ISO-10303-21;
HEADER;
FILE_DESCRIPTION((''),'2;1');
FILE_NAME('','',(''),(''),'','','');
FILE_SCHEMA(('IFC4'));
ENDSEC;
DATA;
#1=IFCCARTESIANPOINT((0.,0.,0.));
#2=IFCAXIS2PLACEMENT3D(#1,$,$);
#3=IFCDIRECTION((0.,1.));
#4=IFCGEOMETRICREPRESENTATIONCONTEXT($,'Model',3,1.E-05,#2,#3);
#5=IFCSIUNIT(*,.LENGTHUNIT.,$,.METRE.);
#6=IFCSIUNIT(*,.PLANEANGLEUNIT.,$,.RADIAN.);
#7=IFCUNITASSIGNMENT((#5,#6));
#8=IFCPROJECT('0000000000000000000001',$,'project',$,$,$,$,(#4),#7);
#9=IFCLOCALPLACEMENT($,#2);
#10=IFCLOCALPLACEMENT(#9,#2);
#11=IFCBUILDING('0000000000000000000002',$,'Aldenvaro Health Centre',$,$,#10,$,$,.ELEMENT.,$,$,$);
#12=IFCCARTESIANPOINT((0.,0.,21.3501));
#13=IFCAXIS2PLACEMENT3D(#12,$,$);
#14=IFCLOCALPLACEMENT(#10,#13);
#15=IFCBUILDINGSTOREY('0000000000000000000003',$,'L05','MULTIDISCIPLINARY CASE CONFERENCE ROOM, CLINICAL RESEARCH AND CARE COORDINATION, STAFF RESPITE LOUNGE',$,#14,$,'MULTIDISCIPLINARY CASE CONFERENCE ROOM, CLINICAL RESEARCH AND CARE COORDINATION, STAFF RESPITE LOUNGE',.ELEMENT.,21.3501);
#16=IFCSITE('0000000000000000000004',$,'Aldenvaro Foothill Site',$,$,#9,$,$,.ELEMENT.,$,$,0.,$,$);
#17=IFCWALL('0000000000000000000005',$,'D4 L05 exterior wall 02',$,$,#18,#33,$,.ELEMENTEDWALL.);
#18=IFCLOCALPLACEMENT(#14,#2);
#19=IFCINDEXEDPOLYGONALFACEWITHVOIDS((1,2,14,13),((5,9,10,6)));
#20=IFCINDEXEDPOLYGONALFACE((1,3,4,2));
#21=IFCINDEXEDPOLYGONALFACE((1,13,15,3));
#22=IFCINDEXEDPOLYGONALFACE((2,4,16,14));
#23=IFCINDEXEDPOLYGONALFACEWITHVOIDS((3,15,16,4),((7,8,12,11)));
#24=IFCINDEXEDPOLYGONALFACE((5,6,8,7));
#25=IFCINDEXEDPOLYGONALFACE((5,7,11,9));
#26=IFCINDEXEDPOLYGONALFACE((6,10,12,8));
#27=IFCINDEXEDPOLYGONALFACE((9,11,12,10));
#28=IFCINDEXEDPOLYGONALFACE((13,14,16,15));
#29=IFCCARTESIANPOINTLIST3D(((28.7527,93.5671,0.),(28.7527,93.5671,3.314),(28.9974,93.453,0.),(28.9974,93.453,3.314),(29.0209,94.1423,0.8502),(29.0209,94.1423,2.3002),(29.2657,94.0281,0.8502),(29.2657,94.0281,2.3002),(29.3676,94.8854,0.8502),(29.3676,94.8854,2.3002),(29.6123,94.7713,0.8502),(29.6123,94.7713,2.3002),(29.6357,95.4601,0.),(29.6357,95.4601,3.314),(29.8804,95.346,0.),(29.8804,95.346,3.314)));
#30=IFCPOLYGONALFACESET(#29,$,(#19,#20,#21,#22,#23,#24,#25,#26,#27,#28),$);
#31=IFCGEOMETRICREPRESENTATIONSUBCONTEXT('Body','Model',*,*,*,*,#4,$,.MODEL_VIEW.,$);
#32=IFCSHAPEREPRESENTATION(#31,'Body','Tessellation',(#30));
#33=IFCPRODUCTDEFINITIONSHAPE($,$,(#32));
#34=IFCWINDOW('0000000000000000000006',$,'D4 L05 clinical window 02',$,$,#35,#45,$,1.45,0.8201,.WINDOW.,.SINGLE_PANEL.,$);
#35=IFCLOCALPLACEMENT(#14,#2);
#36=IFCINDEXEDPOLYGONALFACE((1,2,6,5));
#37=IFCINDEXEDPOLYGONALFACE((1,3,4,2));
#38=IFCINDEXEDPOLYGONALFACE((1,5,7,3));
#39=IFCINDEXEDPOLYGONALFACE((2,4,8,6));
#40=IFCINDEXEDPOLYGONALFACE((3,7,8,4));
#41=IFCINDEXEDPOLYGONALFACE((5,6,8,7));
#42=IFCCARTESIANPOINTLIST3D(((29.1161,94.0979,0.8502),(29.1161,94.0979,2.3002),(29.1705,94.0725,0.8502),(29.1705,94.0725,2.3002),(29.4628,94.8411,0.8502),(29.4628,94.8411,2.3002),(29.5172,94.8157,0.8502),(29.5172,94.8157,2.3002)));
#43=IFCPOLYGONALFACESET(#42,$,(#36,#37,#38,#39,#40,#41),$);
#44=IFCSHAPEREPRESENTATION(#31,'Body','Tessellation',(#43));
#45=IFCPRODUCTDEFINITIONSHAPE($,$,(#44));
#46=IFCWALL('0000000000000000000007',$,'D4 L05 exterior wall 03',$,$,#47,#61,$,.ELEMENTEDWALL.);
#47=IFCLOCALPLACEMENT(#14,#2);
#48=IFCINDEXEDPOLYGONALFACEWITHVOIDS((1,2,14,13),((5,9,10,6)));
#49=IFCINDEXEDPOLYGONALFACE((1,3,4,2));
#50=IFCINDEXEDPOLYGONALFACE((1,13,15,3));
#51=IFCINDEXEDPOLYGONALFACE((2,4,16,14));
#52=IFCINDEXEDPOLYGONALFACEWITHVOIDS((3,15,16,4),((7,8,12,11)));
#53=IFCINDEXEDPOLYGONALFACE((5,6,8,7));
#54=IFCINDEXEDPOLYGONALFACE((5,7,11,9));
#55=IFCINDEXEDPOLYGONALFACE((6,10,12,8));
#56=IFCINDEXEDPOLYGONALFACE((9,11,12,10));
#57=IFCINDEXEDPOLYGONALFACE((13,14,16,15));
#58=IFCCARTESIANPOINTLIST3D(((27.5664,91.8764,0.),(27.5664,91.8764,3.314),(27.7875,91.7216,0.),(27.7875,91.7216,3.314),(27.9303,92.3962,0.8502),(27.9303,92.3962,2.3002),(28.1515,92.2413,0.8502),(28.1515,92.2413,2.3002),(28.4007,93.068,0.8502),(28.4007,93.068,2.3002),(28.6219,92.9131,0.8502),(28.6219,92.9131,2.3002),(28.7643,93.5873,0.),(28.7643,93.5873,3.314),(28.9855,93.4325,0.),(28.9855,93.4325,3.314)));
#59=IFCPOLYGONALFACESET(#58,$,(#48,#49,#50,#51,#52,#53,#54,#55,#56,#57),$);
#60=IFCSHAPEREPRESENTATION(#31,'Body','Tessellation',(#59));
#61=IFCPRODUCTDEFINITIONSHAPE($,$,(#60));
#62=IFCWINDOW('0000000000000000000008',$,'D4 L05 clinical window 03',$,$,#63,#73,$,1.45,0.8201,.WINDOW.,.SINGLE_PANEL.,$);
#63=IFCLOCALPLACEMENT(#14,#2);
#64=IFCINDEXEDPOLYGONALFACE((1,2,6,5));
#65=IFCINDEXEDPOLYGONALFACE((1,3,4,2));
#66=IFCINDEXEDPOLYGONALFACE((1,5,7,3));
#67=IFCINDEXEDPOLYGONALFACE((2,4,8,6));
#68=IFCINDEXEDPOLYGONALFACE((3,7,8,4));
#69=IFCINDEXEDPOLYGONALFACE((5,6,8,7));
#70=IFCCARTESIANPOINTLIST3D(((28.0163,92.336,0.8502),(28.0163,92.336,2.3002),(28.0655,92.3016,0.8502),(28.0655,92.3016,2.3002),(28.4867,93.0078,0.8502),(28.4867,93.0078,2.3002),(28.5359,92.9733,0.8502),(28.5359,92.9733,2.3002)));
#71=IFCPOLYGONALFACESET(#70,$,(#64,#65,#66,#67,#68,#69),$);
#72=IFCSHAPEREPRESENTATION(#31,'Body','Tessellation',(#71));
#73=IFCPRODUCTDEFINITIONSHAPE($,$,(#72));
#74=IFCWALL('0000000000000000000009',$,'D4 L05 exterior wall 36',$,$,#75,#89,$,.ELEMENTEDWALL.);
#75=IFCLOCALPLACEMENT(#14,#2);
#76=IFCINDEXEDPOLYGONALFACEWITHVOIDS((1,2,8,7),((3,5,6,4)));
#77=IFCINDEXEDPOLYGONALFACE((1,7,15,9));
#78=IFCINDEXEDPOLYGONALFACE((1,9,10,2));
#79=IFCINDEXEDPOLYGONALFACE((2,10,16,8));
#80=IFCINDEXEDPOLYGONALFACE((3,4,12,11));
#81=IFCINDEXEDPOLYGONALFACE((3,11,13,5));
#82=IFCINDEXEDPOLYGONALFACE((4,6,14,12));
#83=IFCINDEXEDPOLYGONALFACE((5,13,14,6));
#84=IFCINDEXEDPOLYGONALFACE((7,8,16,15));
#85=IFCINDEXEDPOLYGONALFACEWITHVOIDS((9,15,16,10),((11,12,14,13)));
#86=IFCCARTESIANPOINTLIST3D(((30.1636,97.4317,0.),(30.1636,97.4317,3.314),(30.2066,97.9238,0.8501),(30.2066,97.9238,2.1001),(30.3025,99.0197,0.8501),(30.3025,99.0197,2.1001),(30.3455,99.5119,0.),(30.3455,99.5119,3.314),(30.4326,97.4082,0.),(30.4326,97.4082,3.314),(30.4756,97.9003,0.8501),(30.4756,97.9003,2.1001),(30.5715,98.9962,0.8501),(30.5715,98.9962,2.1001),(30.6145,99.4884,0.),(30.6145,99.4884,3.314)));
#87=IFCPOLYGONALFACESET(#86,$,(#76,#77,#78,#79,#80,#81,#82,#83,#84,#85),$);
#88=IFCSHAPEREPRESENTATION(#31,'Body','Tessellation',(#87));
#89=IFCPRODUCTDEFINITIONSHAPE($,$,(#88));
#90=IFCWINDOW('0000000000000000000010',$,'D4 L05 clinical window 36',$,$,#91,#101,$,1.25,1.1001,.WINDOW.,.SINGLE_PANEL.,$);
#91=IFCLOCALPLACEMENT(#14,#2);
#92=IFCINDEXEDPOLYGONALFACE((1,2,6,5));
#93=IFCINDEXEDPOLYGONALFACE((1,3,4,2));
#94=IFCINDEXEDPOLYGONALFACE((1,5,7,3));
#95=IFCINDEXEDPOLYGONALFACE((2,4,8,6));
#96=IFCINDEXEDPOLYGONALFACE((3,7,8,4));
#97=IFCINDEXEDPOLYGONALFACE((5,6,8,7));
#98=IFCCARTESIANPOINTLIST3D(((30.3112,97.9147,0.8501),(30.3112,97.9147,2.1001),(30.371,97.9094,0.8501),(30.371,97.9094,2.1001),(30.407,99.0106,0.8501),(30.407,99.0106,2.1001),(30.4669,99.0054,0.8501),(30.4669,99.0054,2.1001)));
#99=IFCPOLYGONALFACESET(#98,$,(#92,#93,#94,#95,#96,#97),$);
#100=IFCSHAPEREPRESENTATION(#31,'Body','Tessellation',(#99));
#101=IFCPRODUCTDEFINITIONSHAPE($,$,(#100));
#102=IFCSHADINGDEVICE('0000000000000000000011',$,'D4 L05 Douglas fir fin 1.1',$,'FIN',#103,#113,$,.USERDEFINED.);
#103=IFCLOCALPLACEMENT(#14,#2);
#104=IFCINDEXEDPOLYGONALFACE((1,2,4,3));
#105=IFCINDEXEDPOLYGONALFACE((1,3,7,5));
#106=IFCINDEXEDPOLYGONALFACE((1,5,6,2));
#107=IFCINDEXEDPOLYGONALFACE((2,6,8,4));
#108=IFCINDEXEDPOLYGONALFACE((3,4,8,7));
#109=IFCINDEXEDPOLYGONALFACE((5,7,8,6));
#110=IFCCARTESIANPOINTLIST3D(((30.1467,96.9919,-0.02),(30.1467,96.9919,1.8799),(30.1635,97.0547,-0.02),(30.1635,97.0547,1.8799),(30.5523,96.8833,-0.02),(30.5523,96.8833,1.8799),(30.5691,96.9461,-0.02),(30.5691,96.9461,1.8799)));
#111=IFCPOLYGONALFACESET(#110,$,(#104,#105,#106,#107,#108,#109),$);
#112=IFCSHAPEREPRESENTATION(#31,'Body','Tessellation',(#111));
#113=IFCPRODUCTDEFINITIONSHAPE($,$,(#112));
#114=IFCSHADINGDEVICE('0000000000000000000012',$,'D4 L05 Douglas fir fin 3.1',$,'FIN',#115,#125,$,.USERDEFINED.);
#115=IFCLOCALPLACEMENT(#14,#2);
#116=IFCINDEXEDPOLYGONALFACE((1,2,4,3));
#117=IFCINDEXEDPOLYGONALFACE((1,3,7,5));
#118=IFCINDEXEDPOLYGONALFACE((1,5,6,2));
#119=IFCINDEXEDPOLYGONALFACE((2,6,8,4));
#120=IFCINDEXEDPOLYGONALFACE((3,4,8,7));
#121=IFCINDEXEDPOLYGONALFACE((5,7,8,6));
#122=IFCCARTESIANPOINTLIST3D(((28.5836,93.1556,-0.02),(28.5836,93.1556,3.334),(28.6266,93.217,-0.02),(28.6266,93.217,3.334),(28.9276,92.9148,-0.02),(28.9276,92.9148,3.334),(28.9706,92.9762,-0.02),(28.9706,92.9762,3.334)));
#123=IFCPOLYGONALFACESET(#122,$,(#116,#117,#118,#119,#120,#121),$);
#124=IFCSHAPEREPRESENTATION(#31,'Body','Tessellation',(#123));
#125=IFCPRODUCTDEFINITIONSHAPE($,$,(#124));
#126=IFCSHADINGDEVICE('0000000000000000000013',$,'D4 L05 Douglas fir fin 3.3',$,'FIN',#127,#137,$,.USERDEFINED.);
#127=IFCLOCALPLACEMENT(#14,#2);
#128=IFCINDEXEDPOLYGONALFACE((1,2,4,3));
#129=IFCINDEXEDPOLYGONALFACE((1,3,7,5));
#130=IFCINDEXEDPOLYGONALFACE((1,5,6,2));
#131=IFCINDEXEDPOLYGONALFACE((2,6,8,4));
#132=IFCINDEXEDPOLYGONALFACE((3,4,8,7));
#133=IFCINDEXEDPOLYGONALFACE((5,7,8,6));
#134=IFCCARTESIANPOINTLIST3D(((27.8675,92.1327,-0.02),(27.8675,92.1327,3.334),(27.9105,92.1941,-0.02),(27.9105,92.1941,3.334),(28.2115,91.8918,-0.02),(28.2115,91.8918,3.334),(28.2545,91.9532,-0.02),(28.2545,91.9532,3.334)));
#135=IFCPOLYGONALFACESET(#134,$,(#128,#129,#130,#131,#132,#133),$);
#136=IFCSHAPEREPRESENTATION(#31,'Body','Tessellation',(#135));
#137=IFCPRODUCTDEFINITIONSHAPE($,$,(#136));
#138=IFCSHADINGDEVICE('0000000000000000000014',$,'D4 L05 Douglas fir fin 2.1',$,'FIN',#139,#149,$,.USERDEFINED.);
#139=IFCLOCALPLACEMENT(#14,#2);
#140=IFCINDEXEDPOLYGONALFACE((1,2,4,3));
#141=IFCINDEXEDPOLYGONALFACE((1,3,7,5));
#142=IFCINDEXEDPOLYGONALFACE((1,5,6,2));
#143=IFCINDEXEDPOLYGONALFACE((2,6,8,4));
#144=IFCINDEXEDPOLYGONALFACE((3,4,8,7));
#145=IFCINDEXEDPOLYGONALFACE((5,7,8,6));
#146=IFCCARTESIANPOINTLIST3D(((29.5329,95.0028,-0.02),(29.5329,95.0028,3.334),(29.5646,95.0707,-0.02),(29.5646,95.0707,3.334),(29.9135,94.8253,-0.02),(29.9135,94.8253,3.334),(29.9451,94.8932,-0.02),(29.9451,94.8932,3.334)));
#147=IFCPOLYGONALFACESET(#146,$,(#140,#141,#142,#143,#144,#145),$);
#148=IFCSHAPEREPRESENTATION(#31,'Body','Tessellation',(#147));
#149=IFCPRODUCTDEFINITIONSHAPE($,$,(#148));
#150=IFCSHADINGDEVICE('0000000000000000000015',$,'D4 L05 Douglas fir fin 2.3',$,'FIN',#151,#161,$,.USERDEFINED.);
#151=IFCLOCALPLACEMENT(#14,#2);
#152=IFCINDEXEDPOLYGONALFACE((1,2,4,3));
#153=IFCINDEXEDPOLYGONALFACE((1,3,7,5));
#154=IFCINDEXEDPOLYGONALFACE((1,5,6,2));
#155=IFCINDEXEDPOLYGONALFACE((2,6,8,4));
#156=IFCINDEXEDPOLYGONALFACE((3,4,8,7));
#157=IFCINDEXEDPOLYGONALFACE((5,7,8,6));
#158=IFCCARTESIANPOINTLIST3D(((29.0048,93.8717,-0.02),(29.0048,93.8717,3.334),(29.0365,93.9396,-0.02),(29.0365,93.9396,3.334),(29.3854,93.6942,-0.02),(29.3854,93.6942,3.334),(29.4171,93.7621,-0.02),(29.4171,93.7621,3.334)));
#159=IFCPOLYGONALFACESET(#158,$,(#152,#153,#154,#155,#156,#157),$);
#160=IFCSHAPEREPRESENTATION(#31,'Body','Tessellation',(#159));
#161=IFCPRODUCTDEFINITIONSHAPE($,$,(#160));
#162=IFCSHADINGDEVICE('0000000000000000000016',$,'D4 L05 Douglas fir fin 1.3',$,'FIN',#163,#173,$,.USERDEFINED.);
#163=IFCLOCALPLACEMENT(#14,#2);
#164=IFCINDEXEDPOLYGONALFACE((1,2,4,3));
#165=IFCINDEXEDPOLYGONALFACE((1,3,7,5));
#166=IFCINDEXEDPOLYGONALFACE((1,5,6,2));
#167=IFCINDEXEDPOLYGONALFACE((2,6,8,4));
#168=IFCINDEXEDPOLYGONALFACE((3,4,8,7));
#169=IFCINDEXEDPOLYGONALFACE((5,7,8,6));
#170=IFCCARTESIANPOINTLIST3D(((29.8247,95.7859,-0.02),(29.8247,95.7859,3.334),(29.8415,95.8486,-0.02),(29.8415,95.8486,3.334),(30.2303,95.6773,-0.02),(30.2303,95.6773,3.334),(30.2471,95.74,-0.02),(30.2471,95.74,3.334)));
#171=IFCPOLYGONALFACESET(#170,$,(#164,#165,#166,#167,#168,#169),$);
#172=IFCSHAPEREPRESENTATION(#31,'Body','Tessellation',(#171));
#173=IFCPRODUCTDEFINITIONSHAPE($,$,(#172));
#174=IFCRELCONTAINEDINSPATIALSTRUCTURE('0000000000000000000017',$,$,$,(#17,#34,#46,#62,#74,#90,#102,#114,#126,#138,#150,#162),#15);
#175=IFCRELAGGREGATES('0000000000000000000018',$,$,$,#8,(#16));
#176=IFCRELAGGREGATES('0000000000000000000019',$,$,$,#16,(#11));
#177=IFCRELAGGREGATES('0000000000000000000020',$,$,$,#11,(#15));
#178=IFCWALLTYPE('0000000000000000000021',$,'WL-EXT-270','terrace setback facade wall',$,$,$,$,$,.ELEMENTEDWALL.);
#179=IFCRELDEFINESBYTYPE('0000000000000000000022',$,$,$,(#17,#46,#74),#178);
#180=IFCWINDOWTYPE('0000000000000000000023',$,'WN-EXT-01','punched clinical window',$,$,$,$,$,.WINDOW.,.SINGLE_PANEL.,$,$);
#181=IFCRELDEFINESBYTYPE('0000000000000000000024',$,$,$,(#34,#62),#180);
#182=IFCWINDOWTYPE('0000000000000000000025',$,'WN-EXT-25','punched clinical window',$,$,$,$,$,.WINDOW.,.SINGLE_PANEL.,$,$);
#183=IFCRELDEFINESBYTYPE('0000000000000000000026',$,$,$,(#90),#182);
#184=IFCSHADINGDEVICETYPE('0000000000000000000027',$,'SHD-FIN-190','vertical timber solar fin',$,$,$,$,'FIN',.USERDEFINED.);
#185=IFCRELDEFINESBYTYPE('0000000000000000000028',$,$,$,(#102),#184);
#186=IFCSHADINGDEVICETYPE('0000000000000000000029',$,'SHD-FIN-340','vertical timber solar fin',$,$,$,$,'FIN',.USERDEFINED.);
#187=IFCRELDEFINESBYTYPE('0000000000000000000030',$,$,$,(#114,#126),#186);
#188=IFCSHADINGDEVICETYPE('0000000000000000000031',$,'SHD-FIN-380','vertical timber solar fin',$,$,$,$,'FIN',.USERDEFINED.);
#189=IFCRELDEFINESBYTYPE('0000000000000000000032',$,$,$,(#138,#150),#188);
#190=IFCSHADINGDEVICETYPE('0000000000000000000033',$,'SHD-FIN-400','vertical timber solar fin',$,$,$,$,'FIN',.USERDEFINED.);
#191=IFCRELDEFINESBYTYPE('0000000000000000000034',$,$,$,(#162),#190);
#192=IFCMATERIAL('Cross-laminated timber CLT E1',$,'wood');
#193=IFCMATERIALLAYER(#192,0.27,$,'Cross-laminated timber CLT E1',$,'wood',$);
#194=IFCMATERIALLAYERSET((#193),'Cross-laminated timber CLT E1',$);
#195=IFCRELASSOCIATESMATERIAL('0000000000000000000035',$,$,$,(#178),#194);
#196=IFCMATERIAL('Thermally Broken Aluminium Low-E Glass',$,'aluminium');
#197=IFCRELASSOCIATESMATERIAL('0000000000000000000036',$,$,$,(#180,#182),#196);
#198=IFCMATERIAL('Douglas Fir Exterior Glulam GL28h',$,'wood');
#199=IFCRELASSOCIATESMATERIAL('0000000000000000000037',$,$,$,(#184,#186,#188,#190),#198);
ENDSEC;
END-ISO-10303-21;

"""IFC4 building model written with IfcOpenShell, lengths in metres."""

from ifc_helpers import new_model, si_unit, direction, frame, frame_2d, origin, origin_2d, place, context, subcontext, project, spatial, rectangle, extrude, material, layer, layer_set, type_object, element, fill, save


model = new_model("IFC4")

# Units and contexts
model_context = context("Model", 3, precision=1e-05, world=origin(), true_north=direction((0.0, 1.0)))
body_context = subcontext(model_context, "Body", "Model", "MODEL_VIEW")
ifc_project = project(units=[si_unit("LENGTHUNIT", "METRE"), si_unit("PLANEANGLEUNIT", "RADIAN")], contexts=[model_context])

# Site, building, storey
site_placement = place(None, origin())
site = spatial("IfcSite", under=ifc_project, at=site_placement, Name="Aldenvaro Foothill Site", CompositionType="ELEMENT", RefElevation=0.0)
building_placement = place(site_placement, origin())
building = spatial("IfcBuilding", under=site, at=building_placement, Name="Aldenvaro Health Centre", CompositionType="ELEMENT")
storey_placement = place(building_placement, frame((0.0, 0.0, 21.3501)))
storey = spatial("IfcBuildingStorey", under=building, at=storey_placement, Name="L05", Description="MULTIDISCIPLINARY CASE CONFERENCE ROOM, CLINICAL RESEARCH AND CARE COORDINATION, STAFF RESPITE LOUNGE", LongName="MULTIDISCIPLINARY CASE CONFERENCE ROOM, CLINICAL RESEARCH AND CARE COORDINATION, STAFF RESPITE LOUNGE", CompositionType="ELEMENT", Elevation=21.3501)

# Walls, openings, windows
ifc_material_1 = material(Name="Cross-laminated timber CLT E1", Category="wood")
ifc_layer = layer(ifc_material_1, 0.27, Name="Cross-laminated timber CLT E1", Category="wood")
ifc_layer_set = layer_set([ifc_layer], Name="Cross-laminated timber CLT E1")
wall_type = type_object("IfcWallType", Name="WL-EXT-270", Description="terrace setback facade wall", PredefinedType="ELEMENTEDWALL", material=ifc_layer_set)
ifc_material_2 = material(Name="Thermally Broken Aluminium Low-E Glass", Category="aluminium")
window_type_1 = type_object("IfcWindowType", Name="WN-EXT-01", Description="punched clinical window", PartitioningType="SINGLE_PANEL", PredefinedType="WINDOW", material=ifc_material_2)
wall_1_placement = place(storey_placement, frame((29.7581, 95.4031, 0.0), z_axis=(0.0, 0.0, 1.0), x_axis=(-0.422738, -0.906252, 0.0)))
wall_1 = element("IfcWall", 1, at=wall_1_placement, inside=storey, type_object=wall_type, Name="D4 L05 exterior wall 02", PredefinedType="ELEMENTEDWALL", context=body_context, shape_type="SweptSolid", body=[
    extrude(rectangle(XDim=2.0889, YDim=0.27, at=frame_2d((1.0444, 0.0))), origin(), (0.0, 0.0, 1.0), 3.314),
])
opening_1_placement = place(wall_1_placement, frame((0.634, 0.0, 0.8501)))
opening_1 = element("IfcOpeningElement", 2, at=opening_1_placement, cuts=wall_1, PredefinedType="OPENING", context=body_context, shape_type="SweptSolid", body=[
    extrude(rectangle(XDim=0.8201, YDim=1.45, at=frame_2d((0.4102, 0.7251))), frame((0.0, 0.145, 0.0), z_axis=(0.0, -1.0, 0.0), x_axis=(1.0, 0.0, 0.0)), (0.0, 0.0, 1.0), 0.29),
])
window_1_placement = place(opening_1_placement, origin())
window_1 = element("IfcWindow", 3, at=window_1_placement, inside=storey, type_object=window_type_1, Name="D4 L05 clinical window 02", OverallHeight=1.45, OverallWidth=0.8201, PartitioningType="SINGLE_PANEL", PredefinedType="WINDOW", context=body_context, shape_type="SweptSolid", body=[
    extrude(rectangle(XDim=0.8201, YDim=1.45, at=frame_2d((0.4102, 0.7251))), frame((0.0, 0.03, 0.0), z_axis=(0.0, -1.0, 0.0), x_axis=(1.0, 0.0, 0.0)), (0.0, 0.0, 1.0), 0.0601),
])
fill(opening_1, window_1)
wall_2_placement = place(storey_placement, frame((28.875, 93.51, 0.0), z_axis=(0.0, 0.0, 1.0), x_axis=(-0.573572, -0.819155, 0.0)))
wall_2 = element("IfcWall", 4, at=wall_2_placement, inside=storey, type_object=wall_type, Name="D4 L05 exterior wall 03", PredefinedType="ELEMENTEDWALL", context=body_context, shape_type="SweptSolid", body=[
    extrude(rectangle(XDim=2.0886, YDim=0.27, at=frame_2d((1.0444, 0.0))), origin(), (0.0, 0.0, 1.0), 3.314),
])
opening_2_placement = place(wall_2_placement, frame((0.634, 0.0, 0.8501)))
opening_2 = element("IfcOpeningElement", 5, at=opening_2_placement, cuts=wall_2, PredefinedType="OPENING", context=body_context, shape_type="SweptSolid", body=[
    extrude(rectangle(XDim=0.8201, YDim=1.45, at=frame_2d((0.4102, 0.7251))), frame((0.0, 0.145, 0.0), z_axis=(0.0, -1.0, 0.0), x_axis=(1.0, 0.0, 0.0)), (0.0, 0.0, 1.0), 0.29),
])
window_2_placement = place(opening_2_placement, origin())
window_2 = element("IfcWindow", 6, at=window_2_placement, inside=storey, type_object=window_type_1, Name="D4 L05 clinical window 03", OverallHeight=1.45, OverallWidth=0.8201, PartitioningType="SINGLE_PANEL", PredefinedType="WINDOW", context=body_context, shape_type="SweptSolid", body=[
    extrude(rectangle(XDim=0.8201, YDim=1.45, at=frame_2d((0.4102, 0.7251))), frame((0.0, 0.03, 0.0), z_axis=(0.0, -1.0, 0.0), x_axis=(1.0, 0.0, 0.0)), (0.0, 0.0, 1.0), 0.0601),
])
fill(opening_2, window_2)
wall_3_placement = place(storey_placement, frame((30.48, 99.5, 0.0), z_axis=(0.0, 0.0, 1.0), x_axis=(-0.087109, -0.996199, 0.0)))
wall_3 = element("IfcWall", 7, at=wall_3_placement, inside=storey, type_object=wall_type, Name="D4 L05 exterior wall 36", PredefinedType="ELEMENTEDWALL", context=body_context, shape_type="SweptSolid", body=[
    extrude(rectangle(XDim=2.0881, YDim=0.27, at=frame_2d((1.0439, 0.0))), origin(), (0.0, 0.0, 1.0), 3.314),
])
opening_3_placement = place(wall_3_placement, frame((0.4939, 0.0, 0.8501)))
opening_3 = element("IfcOpeningElement", 8, at=opening_3_placement, cuts=wall_3, PredefinedType="OPENING", context=body_context, shape_type="SweptSolid", body=[
    extrude(rectangle(XDim=1.1001, YDim=1.25, at=frame_2d((0.55, 0.625))), frame((0.0, 0.145, 0.0), z_axis=(0.0, -1.0, 0.0), x_axis=(1.0, 0.0, 0.0)), (0.0, 0.0, 1.0), 0.29),
])
window_type_2 = type_object("IfcWindowType", Name="WN-EXT-25", Description="punched clinical window", PartitioningType="SINGLE_PANEL", PredefinedType="WINDOW", material=ifc_material_2)
window_3_placement = place(opening_3_placement, origin())
window_3 = element("IfcWindow", 9, at=window_3_placement, inside=storey, type_object=window_type_2, Name="D4 L05 clinical window 36", OverallHeight=1.25, OverallWidth=1.1001, PartitioningType="SINGLE_PANEL", PredefinedType="WINDOW", context=body_context, shape_type="SweptSolid", body=[
    extrude(rectangle(XDim=1.1001, YDim=1.25, at=frame_2d((0.55, 0.625))), frame((0.0, 0.03, 0.0), z_axis=(0.0, -1.0, 0.0), x_axis=(1.0, 0.0, 0.0)), (0.0, 0.0, 1.0), 0.0601),
])
fill(opening_3, window_3)

# Shading devices
ifc_material_3 = material(Name="Douglas Fir Exterior Glulam GL28h", Category="wood")
shading_device_type_1 = type_object("IfcShadingDeviceType", Name="SHD-FIN-190", Description="vertical timber solar fin", ElementType="FIN", PredefinedType="USERDEFINED", material=ifc_material_3)
shading_device_1_placement = place(storey_placement, frame((30.3579, 96.969, -0.02), z_axis=(0.0, 0.0, 1.0), x_axis=(-0.258616, -0.96598, 0.0)))
element("IfcShadingDevice", 10, at=shading_device_1_placement, inside=storey, type_object=shading_device_type_1, Name="D4 L05 Douglas fir fin 1.1", ObjectType="FIN", PredefinedType="USERDEFINED", context=body_context, shape_type="SweptSolid", body=[
    extrude(rectangle(XDim=0.0649, YDim=0.4199, at=origin_2d()), origin(), (0.0, 0.0, 1.0), 1.8999),
])
shading_device_type_2 = type_object("IfcShadingDeviceType", Name="SHD-FIN-340", Description="vertical timber solar fin", ElementType="FIN", PredefinedType="USERDEFINED", material=ifc_material_3)
for number, where, z_axis, x_axis, name in (
    (11, (28.7771, 93.0659, -0.02), (0.0, 0.0, 1.0), (-0.573559, -0.819164, 0.0), "D4 L05 Douglas fir fin 3.1"),
    (12, (28.061, 92.043, -0.02), (0.0, 0.0, 1.0), (-0.573559, -0.819164, 0.0), "D4 L05 Douglas fir fin 3.3"),
):
    element("IfcShadingDevice", number, at=place(storey_placement, frame(where, z_axis=z_axis, x_axis=x_axis)), inside=storey, type_object=shading_device_type_2, Name=name, ObjectType="FIN", PredefinedType="USERDEFINED", context=body_context, shape_type="SweptSolid", body=[
        extrude(rectangle(XDim=0.075, YDim=0.4199, at=origin_2d()), origin(), (0.0, 0.0, 1.0), 3.354),
    ])
shading_device_type_3 = type_object("IfcShadingDeviceType", Name="SHD-FIN-380", Description="vertical timber solar fin", ElementType="FIN", PredefinedType="USERDEFINED", material=ifc_material_3)
for number, where, z_axis, x_axis, name in (
    (13, (29.739, 94.948, -0.02), (0.0, 0.0, 1.0), (-0.422728, -0.906257, 0.0), "D4 L05 Douglas fir fin 2.1"),
    (14, (29.2109, 93.8169, -0.02), (0.0, 0.0, 1.0), (-0.422728, -0.906257, 0.0), "D4 L05 Douglas fir fin 2.3"),
):
    element("IfcShadingDevice", number, at=place(storey_placement, frame(where, z_axis=z_axis, x_axis=x_axis)), inside=storey, type_object=shading_device_type_3, Name=name, ObjectType="FIN", PredefinedType="USERDEFINED", context=body_context, shape_type="SweptSolid", body=[
        extrude(rectangle(XDim=0.075, YDim=0.4199, at=origin_2d()), origin(), (0.0, 0.0, 1.0), 3.354),
    ])
shading_device_type_4 = type_object("IfcShadingDeviceType", Name="SHD-FIN-400", Description="vertical timber solar fin", ElementType="FIN", PredefinedType="USERDEFINED", material=ifc_material_3)
shading_device_2_placement = place(storey_placement, frame((30.0359, 95.7629, -0.02), z_axis=(0.0, 0.0, 1.0), x_axis=(-0.258616, -0.96598, 0.0)))
element("IfcShadingDevice", 15, at=shading_device_2_placement, inside=storey, type_object=shading_device_type_4, Name="D4 L05 Douglas fir fin 1.3", ObjectType="FIN", PredefinedType="USERDEFINED", context=body_context, shape_type="SweptSolid", body=[
    extrude(rectangle(XDim=0.0649, YDim=0.4199, at=origin_2d()), origin(), (0.0, 0.0, 1.0), 3.354),
])

save(model, "model.ifc")
